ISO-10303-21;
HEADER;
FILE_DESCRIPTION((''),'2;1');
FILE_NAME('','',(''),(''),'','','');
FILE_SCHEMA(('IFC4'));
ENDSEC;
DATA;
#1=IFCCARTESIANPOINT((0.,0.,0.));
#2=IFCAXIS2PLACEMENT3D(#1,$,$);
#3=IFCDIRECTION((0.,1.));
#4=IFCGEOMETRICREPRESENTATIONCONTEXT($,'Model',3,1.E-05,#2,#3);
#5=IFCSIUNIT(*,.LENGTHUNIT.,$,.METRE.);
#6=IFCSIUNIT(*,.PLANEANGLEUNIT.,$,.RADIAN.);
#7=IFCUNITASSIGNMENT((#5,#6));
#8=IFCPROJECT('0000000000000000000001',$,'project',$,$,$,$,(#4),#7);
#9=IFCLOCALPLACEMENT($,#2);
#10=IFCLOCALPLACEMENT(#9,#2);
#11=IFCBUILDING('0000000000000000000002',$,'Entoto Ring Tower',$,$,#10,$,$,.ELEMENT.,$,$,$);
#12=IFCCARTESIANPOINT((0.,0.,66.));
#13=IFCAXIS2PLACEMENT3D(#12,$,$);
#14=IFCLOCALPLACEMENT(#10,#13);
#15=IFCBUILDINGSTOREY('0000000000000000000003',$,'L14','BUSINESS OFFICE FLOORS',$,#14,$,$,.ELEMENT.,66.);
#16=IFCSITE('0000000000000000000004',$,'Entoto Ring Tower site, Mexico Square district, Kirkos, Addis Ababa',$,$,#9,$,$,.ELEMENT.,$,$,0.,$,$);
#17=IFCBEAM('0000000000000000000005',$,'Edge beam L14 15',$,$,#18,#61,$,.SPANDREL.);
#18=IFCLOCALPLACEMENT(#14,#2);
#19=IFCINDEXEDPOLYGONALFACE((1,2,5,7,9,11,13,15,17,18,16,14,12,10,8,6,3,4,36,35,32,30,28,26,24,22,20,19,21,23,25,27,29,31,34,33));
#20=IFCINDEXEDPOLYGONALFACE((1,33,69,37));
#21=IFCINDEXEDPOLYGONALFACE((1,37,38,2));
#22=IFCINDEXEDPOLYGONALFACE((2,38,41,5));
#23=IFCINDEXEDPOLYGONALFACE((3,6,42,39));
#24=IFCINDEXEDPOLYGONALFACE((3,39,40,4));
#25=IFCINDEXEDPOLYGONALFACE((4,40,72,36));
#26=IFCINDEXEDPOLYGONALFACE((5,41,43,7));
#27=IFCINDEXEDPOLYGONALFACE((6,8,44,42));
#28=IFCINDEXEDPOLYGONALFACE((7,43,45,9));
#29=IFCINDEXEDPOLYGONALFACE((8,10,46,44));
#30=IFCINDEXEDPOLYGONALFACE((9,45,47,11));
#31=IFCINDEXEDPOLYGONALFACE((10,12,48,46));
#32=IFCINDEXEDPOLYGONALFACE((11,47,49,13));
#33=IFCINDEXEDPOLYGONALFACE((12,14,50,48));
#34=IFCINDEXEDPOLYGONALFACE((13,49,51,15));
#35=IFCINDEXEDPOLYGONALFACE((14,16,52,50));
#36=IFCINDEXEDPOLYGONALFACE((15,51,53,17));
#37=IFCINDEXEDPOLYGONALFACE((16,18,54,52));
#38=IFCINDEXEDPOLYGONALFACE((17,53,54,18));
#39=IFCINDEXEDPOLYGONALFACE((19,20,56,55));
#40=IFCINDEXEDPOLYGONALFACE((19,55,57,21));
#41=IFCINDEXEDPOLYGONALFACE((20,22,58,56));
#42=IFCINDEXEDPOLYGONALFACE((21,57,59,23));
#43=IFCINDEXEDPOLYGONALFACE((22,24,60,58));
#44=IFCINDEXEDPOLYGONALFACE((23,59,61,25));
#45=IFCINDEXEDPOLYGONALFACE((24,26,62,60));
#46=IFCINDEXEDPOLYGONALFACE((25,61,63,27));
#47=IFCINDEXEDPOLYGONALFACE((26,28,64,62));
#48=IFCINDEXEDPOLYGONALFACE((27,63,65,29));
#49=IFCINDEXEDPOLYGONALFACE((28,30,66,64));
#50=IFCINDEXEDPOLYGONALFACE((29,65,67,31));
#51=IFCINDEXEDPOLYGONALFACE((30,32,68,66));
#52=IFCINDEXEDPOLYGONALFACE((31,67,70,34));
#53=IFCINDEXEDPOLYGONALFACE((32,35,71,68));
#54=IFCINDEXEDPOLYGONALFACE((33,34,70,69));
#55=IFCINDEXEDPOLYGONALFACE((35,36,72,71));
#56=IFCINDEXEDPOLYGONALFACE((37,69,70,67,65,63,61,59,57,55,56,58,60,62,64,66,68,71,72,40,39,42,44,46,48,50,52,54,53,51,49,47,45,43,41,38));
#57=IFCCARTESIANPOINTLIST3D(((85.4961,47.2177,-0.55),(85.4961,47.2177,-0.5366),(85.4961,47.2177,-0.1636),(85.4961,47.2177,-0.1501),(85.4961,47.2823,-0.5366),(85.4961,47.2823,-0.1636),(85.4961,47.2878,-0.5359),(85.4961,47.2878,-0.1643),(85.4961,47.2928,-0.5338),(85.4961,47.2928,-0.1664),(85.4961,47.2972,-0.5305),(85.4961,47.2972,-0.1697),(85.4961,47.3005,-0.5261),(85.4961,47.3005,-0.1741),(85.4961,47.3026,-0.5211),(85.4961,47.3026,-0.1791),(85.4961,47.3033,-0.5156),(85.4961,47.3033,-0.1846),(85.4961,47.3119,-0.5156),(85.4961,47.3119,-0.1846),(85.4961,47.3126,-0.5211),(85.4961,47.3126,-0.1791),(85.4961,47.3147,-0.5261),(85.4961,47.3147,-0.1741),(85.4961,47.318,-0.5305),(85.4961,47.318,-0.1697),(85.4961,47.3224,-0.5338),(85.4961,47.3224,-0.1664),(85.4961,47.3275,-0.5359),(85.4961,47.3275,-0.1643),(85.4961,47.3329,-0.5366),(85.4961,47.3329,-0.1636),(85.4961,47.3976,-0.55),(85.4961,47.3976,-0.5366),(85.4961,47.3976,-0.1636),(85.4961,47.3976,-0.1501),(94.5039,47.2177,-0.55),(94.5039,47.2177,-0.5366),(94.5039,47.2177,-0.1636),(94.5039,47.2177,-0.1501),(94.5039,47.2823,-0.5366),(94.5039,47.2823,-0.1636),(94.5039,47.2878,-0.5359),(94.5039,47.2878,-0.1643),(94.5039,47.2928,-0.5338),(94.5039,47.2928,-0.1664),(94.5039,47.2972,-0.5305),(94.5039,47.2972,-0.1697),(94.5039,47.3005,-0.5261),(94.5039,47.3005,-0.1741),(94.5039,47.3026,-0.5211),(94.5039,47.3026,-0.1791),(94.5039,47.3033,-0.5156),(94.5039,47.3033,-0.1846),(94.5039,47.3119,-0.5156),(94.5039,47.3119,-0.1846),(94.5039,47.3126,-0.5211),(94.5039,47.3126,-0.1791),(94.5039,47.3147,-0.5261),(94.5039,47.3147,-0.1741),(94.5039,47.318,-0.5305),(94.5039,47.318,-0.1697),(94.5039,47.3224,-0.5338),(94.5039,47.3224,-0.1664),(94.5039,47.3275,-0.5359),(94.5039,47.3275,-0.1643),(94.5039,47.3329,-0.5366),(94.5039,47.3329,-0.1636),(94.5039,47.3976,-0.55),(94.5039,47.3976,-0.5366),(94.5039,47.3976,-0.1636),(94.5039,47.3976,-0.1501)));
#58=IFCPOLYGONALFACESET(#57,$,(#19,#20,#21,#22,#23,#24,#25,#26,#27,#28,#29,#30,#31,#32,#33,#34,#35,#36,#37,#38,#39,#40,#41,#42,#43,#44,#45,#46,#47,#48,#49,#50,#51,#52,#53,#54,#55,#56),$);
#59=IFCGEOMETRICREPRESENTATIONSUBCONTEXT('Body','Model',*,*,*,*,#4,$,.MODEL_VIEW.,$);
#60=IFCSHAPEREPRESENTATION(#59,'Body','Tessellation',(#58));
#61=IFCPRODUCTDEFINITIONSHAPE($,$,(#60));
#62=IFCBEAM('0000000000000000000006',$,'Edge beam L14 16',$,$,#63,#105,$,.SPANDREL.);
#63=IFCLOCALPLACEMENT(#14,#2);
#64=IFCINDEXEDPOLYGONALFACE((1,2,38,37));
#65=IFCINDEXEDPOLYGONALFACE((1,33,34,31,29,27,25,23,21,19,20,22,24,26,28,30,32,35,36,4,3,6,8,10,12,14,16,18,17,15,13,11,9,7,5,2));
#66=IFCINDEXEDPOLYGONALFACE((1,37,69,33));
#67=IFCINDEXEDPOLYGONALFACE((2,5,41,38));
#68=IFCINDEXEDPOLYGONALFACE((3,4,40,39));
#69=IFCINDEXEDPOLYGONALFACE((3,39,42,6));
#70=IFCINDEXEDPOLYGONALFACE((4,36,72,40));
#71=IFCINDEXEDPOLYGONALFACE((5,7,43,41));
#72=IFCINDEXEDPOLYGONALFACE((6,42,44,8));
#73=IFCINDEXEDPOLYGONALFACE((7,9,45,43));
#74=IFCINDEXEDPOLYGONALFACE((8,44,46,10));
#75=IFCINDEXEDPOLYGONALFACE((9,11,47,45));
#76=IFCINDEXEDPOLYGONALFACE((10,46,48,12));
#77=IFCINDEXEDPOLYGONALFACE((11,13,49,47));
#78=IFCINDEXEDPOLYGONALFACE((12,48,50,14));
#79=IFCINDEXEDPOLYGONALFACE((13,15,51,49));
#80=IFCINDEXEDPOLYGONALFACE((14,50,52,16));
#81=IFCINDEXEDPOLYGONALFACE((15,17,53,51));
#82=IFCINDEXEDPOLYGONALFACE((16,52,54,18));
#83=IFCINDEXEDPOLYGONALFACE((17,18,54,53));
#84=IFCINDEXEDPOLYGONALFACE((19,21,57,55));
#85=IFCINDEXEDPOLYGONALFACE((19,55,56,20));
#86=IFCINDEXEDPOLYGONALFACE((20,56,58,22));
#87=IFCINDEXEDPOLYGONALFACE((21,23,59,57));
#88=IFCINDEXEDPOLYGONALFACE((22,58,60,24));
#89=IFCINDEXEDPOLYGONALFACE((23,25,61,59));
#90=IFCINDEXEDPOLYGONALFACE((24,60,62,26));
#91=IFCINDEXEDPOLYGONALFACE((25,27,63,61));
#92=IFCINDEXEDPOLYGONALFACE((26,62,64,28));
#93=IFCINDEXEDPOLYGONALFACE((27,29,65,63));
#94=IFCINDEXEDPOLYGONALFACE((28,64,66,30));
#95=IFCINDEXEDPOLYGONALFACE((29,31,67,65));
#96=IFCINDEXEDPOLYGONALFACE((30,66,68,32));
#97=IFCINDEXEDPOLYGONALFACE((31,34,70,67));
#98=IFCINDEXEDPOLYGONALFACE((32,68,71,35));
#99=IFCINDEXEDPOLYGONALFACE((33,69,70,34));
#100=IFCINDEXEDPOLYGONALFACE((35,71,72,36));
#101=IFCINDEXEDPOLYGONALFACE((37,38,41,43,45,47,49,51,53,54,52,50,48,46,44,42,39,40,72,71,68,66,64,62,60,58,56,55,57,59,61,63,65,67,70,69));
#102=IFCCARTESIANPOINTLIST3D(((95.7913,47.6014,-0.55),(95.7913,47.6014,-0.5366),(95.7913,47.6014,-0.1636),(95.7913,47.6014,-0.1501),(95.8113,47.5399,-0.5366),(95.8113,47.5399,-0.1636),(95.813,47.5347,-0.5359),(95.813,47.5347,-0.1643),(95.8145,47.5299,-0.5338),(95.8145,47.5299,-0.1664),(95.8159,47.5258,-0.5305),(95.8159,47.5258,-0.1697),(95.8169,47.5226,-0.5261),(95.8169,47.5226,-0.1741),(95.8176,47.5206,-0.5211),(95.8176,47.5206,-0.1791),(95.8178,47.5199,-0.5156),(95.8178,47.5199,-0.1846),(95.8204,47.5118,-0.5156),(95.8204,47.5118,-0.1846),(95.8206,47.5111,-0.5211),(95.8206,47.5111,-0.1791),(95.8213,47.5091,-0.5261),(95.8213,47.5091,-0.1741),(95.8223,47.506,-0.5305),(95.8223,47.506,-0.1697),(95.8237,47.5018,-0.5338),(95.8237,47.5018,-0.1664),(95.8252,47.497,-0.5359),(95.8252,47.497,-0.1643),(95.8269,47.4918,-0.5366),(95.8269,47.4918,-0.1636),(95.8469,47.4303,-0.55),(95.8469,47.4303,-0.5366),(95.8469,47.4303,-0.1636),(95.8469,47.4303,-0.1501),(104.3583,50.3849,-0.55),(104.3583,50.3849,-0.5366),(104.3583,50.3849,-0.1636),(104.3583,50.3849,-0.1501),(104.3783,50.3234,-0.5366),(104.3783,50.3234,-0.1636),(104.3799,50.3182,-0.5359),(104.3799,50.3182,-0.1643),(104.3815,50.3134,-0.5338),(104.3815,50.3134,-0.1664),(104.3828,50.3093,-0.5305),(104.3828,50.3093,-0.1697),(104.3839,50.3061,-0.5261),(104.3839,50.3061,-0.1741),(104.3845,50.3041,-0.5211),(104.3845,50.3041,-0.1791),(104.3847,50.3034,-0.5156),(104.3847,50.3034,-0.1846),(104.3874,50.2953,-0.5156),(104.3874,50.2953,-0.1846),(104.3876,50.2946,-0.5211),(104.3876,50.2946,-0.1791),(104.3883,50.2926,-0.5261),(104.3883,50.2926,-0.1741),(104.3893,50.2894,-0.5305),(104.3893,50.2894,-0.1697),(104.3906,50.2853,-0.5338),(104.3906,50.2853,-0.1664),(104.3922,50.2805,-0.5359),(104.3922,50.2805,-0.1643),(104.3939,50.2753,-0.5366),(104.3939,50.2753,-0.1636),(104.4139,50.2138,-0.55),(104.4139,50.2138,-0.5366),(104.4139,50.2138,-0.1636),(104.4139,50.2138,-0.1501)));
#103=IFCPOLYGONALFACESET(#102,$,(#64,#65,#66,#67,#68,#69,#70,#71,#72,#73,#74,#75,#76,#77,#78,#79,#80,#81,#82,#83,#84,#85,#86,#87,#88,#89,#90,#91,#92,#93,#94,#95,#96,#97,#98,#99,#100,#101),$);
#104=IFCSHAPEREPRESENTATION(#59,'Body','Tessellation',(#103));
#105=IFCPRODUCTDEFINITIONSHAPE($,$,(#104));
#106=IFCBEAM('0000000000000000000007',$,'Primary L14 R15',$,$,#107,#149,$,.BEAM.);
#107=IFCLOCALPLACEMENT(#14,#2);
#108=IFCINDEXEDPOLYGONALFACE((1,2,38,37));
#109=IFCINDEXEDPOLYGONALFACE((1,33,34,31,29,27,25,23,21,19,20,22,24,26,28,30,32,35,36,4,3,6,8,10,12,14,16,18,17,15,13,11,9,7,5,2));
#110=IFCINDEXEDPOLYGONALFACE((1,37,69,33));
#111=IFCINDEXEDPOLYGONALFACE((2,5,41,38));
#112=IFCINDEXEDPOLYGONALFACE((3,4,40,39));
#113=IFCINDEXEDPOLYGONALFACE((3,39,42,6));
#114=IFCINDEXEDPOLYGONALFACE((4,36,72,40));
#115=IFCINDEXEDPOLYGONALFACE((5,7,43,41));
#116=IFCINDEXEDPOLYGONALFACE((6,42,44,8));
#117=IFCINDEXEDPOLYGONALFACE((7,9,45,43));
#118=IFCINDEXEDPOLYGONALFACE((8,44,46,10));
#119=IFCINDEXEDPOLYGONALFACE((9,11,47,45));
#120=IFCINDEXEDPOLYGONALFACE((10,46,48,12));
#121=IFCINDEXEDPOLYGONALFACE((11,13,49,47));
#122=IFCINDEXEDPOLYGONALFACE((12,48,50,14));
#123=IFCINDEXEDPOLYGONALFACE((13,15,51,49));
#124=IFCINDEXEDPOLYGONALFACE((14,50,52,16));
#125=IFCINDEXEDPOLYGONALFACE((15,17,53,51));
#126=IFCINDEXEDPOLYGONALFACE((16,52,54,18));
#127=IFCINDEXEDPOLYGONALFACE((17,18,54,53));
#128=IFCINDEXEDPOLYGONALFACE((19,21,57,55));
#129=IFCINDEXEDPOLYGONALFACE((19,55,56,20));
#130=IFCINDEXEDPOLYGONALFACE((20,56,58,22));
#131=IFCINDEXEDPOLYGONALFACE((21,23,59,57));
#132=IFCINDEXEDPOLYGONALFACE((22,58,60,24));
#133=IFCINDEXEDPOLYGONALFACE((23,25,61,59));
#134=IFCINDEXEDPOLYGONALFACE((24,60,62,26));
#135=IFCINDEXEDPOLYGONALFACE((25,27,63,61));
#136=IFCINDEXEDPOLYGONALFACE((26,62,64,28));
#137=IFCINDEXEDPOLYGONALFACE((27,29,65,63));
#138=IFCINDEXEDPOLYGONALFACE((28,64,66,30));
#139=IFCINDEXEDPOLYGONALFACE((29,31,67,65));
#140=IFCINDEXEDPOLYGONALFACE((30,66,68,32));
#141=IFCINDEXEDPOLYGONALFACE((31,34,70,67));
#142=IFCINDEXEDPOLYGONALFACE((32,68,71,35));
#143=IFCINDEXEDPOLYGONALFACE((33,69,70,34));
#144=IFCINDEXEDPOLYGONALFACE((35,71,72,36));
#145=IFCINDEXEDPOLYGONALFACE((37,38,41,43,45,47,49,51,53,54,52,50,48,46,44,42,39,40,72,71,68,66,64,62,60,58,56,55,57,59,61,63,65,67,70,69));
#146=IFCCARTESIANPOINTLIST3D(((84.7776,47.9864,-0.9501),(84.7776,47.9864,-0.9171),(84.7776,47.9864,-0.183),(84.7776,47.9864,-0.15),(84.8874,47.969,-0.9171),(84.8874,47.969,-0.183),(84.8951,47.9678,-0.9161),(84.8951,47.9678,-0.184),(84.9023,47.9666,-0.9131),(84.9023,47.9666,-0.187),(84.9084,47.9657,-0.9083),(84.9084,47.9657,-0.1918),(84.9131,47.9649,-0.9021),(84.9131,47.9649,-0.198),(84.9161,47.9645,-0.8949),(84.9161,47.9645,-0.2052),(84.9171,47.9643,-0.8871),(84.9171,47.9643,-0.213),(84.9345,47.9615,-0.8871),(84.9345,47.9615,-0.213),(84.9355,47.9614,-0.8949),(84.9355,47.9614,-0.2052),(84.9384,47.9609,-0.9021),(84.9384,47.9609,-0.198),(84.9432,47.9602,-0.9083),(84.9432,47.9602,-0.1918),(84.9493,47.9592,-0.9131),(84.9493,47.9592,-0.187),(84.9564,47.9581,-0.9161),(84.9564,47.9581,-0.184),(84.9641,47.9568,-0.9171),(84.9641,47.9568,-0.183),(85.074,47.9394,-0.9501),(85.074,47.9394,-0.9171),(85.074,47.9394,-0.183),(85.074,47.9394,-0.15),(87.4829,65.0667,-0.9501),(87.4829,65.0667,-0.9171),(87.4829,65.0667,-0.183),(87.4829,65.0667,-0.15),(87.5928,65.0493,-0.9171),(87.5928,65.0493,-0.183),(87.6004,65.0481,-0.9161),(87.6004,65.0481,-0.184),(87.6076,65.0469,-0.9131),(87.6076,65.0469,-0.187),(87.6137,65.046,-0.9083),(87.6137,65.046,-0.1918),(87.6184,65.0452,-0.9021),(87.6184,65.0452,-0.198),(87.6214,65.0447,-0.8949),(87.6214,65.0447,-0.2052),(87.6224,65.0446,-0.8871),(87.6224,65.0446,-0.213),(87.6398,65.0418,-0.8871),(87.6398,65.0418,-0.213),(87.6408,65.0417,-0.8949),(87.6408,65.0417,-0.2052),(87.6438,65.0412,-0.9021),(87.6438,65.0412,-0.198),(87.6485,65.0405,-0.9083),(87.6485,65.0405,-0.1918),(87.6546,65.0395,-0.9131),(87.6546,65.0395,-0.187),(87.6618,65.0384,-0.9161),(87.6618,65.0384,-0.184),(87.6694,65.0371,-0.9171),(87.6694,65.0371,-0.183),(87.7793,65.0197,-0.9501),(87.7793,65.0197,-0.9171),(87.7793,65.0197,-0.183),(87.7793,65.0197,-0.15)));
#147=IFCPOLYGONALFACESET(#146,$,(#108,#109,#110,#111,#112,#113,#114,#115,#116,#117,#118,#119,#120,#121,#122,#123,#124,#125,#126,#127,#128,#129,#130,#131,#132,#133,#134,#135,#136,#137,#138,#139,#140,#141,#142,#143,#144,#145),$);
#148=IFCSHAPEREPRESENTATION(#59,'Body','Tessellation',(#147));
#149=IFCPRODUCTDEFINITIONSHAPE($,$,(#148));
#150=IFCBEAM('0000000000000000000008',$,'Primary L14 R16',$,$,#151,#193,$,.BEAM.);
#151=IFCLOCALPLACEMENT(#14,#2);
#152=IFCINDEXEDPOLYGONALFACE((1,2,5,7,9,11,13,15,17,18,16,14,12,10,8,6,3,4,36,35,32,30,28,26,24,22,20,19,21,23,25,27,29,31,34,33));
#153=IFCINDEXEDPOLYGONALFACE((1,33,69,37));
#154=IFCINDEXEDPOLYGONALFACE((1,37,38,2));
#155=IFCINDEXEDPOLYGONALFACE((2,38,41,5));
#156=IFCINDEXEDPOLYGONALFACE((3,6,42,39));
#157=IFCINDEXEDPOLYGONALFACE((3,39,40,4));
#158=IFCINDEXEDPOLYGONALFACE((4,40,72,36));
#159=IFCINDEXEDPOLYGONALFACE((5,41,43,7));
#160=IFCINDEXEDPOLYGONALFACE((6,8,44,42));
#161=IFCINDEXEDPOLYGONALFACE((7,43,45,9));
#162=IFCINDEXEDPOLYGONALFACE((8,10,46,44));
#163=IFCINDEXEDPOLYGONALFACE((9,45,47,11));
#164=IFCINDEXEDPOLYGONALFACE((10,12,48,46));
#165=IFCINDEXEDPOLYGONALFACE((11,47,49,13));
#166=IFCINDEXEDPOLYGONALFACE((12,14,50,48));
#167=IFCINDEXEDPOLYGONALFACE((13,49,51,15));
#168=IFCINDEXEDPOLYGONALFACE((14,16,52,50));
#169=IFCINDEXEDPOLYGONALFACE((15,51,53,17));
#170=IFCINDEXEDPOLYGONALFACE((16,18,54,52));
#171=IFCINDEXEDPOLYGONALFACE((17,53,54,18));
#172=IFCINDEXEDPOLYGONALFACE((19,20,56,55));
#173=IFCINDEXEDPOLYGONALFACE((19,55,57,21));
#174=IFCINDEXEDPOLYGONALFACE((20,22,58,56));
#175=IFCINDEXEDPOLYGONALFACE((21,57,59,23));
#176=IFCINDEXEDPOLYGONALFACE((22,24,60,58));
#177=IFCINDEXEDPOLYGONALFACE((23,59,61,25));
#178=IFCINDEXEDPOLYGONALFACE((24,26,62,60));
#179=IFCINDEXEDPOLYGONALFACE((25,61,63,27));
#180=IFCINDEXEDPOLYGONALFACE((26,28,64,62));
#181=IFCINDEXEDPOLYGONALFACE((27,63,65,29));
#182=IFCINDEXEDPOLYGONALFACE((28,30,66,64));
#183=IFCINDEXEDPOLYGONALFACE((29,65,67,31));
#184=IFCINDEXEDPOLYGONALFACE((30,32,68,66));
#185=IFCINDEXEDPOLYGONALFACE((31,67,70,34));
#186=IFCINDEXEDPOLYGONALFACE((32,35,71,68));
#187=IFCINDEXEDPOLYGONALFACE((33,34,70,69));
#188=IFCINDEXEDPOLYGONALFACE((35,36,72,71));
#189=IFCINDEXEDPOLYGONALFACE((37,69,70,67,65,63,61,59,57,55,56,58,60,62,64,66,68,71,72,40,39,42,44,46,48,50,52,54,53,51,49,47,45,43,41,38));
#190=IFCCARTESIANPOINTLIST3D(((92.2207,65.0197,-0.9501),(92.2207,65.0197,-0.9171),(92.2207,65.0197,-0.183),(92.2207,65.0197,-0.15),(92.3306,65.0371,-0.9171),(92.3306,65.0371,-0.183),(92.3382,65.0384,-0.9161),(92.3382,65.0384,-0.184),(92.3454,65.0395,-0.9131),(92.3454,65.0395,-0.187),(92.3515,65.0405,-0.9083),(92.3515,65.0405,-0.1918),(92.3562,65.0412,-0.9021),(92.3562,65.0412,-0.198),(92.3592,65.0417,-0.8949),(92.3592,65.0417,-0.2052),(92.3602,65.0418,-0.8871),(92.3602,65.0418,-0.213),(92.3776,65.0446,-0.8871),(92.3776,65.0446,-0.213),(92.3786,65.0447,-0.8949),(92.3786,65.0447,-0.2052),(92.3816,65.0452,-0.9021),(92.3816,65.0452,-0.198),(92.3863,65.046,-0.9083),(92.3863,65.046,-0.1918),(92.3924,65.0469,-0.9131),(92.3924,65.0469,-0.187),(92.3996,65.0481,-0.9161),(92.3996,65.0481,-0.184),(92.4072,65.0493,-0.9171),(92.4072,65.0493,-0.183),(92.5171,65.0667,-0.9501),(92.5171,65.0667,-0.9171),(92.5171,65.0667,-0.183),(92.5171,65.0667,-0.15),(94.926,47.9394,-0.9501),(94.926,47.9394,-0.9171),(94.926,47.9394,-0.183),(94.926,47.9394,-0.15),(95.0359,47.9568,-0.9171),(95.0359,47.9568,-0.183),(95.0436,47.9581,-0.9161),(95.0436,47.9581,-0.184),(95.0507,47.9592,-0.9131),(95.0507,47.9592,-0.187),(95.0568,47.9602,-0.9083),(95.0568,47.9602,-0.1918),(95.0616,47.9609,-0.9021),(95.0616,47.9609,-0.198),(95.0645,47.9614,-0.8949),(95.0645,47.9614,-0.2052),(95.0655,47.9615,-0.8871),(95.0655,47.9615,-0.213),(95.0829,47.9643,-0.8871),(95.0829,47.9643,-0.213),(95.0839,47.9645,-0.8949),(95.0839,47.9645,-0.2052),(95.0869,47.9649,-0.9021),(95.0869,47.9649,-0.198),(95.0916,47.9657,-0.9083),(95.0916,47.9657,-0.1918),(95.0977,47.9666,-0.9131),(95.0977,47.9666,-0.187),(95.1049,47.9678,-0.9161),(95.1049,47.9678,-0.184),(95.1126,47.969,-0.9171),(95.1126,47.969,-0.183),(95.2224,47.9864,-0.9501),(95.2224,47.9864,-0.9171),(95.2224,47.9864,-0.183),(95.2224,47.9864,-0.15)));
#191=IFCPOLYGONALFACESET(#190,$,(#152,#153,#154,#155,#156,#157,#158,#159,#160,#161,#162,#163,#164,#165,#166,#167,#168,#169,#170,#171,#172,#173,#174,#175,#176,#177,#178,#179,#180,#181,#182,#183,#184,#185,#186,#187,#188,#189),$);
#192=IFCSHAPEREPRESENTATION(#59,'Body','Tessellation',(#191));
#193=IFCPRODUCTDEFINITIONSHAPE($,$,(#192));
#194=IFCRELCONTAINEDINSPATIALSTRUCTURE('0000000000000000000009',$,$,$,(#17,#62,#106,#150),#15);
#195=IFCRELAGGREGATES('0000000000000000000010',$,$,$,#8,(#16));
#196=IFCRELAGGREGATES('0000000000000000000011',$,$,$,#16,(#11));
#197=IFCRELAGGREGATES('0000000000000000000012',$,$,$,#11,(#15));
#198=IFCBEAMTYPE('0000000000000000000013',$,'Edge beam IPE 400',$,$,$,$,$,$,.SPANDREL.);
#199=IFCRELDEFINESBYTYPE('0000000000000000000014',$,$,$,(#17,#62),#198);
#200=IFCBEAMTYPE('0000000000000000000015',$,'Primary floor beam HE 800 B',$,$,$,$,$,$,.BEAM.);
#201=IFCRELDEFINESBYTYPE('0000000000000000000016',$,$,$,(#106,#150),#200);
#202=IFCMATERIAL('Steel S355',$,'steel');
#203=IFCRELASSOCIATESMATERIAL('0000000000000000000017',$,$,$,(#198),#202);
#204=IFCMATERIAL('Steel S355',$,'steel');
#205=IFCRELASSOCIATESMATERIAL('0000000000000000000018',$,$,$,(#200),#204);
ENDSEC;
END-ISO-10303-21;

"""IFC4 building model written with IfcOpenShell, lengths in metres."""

from ifc_helpers import new_model, si_unit, direction, frame, origin, origin_2d, place, context, subcontext, project, spatial, i_section, extrude, material, material_profile, profile_set, type_object, element, save


model = new_model("IFC4")

# Units and contexts
model_context = context("Model", 3, precision=1e-05, world=origin(), true_north=direction((0.0, 1.0)))
body_context = subcontext(model_context, "Body", "Model", "MODEL_VIEW")
ifc_project = project(units=[si_unit("LENGTHUNIT", "METRE"), si_unit("PLANEANGLEUNIT", "RADIAN")], contexts=[model_context])

# Site, building, storey
site_placement = place(None, origin())
site = spatial("IfcSite", under=ifc_project, at=site_placement, Name="Entoto Ring Tower site, Mexico Square district, Kirkos, Addis Ababa", CompositionType="ELEMENT", RefElevation=0.0)
building_placement = place(site_placement, origin())
building = spatial("IfcBuilding", under=site, at=building_placement, Name="Entoto Ring Tower", CompositionType="ELEMENT")
storey_placement = place(building_placement, frame((0.0, 0.0, 66.0)))
storey = spatial("IfcBuildingStorey", under=building, at=storey_placement, Name="L14", Description="BUSINESS OFFICE FLOORS", CompositionType="ELEMENT", Elevation=66.0)

# Beams
ifc_material_1 = material(Name="Steel S355", Category="steel")
ifc_material_profile_1 = material_profile(ifc_material_1, i_section(OverallWidth=0.1799, OverallDepth=0.3999, WebThickness=0.0085, FlangeThickness=0.0134, FilletRadius=0.021, at=origin_2d()), Name="IPE 400")
ifc_profile_set_1 = profile_set([ifc_material_profile_1], Name="Steel S355")
beam_type_1 = type_object("IfcBeamType", Name="Edge beam IPE 400", PredefinedType="SPANDREL", material=ifc_profile_set_1)
for number, where, z_axis, x_axis, name in (
    (1, (85.4961, 47.3076, -0.3501), (1.0, 0.0, 0.0), (0.0, 1.0, 0.0), "Edge beam L14 15"),
    (2, (95.8191, 47.5159, -0.3501), (0.95106, 0.309006, 0.0), (-0.309006, 0.95106, 0.0), "Edge beam L14 16"),
):
    element("IfcBeam", number, at=place(storey_placement, frame(where, z_axis=z_axis, x_axis=x_axis)), inside=storey, type_object=beam_type_1, Name=name, PredefinedType="SPANDREL", context=body_context, shape_type="SweptSolid", body=[
        extrude(i_section(OverallWidth=0.1799, OverallDepth=0.3999, WebThickness=0.0085, FlangeThickness=0.0134, FilletRadius=0.021, at=origin_2d()), origin(), (0.0, 0.0, 1.0), 9.0078),
    ])
ifc_material_2 = material(Name="Steel S355", Category="steel")
ifc_material_profile_2 = material_profile(ifc_material_2, i_section(OverallWidth=0.3, OverallDepth=0.8, WebThickness=0.0176, FlangeThickness=0.033, FilletRadius=0.03, at=origin_2d()), Name="HE 800 B")
ifc_profile_set_2 = profile_set([ifc_material_profile_2], Name="Steel S355")
beam_type_2 = type_object("IfcBeamType", Name="Primary floor beam HE 800 B", PredefinedType="BEAM", material=ifc_profile_set_2)
for number, where, z_axis, x_axis, name in (
    (3, (87.6311, 65.0432, -0.55), (-0.156438, -0.987688, 0.0), (0.987688, -0.156438, 0.0), "Primary L14 R15"),
    (4, (92.3689, 65.0432, -0.55), (0.156438, -0.987688, 0.0), (0.987688, 0.156438, 0.0), "Primary L14 R16"),
):
    element("IfcBeam", number, at=place(storey_placement, frame(where, z_axis=z_axis, x_axis=x_axis)), inside=storey, type_object=beam_type_2, Name=name, PredefinedType="BEAM", context=body_context, shape_type="SweptSolid", body=[
        extrude(i_section(OverallWidth=0.3, OverallDepth=0.8, WebThickness=0.0176, FlangeThickness=0.033, FilletRadius=0.03, at=origin_2d()), origin(), (0.0, 0.0, 1.0), 17.2932),
    ])

save(model, "model.ifc")
